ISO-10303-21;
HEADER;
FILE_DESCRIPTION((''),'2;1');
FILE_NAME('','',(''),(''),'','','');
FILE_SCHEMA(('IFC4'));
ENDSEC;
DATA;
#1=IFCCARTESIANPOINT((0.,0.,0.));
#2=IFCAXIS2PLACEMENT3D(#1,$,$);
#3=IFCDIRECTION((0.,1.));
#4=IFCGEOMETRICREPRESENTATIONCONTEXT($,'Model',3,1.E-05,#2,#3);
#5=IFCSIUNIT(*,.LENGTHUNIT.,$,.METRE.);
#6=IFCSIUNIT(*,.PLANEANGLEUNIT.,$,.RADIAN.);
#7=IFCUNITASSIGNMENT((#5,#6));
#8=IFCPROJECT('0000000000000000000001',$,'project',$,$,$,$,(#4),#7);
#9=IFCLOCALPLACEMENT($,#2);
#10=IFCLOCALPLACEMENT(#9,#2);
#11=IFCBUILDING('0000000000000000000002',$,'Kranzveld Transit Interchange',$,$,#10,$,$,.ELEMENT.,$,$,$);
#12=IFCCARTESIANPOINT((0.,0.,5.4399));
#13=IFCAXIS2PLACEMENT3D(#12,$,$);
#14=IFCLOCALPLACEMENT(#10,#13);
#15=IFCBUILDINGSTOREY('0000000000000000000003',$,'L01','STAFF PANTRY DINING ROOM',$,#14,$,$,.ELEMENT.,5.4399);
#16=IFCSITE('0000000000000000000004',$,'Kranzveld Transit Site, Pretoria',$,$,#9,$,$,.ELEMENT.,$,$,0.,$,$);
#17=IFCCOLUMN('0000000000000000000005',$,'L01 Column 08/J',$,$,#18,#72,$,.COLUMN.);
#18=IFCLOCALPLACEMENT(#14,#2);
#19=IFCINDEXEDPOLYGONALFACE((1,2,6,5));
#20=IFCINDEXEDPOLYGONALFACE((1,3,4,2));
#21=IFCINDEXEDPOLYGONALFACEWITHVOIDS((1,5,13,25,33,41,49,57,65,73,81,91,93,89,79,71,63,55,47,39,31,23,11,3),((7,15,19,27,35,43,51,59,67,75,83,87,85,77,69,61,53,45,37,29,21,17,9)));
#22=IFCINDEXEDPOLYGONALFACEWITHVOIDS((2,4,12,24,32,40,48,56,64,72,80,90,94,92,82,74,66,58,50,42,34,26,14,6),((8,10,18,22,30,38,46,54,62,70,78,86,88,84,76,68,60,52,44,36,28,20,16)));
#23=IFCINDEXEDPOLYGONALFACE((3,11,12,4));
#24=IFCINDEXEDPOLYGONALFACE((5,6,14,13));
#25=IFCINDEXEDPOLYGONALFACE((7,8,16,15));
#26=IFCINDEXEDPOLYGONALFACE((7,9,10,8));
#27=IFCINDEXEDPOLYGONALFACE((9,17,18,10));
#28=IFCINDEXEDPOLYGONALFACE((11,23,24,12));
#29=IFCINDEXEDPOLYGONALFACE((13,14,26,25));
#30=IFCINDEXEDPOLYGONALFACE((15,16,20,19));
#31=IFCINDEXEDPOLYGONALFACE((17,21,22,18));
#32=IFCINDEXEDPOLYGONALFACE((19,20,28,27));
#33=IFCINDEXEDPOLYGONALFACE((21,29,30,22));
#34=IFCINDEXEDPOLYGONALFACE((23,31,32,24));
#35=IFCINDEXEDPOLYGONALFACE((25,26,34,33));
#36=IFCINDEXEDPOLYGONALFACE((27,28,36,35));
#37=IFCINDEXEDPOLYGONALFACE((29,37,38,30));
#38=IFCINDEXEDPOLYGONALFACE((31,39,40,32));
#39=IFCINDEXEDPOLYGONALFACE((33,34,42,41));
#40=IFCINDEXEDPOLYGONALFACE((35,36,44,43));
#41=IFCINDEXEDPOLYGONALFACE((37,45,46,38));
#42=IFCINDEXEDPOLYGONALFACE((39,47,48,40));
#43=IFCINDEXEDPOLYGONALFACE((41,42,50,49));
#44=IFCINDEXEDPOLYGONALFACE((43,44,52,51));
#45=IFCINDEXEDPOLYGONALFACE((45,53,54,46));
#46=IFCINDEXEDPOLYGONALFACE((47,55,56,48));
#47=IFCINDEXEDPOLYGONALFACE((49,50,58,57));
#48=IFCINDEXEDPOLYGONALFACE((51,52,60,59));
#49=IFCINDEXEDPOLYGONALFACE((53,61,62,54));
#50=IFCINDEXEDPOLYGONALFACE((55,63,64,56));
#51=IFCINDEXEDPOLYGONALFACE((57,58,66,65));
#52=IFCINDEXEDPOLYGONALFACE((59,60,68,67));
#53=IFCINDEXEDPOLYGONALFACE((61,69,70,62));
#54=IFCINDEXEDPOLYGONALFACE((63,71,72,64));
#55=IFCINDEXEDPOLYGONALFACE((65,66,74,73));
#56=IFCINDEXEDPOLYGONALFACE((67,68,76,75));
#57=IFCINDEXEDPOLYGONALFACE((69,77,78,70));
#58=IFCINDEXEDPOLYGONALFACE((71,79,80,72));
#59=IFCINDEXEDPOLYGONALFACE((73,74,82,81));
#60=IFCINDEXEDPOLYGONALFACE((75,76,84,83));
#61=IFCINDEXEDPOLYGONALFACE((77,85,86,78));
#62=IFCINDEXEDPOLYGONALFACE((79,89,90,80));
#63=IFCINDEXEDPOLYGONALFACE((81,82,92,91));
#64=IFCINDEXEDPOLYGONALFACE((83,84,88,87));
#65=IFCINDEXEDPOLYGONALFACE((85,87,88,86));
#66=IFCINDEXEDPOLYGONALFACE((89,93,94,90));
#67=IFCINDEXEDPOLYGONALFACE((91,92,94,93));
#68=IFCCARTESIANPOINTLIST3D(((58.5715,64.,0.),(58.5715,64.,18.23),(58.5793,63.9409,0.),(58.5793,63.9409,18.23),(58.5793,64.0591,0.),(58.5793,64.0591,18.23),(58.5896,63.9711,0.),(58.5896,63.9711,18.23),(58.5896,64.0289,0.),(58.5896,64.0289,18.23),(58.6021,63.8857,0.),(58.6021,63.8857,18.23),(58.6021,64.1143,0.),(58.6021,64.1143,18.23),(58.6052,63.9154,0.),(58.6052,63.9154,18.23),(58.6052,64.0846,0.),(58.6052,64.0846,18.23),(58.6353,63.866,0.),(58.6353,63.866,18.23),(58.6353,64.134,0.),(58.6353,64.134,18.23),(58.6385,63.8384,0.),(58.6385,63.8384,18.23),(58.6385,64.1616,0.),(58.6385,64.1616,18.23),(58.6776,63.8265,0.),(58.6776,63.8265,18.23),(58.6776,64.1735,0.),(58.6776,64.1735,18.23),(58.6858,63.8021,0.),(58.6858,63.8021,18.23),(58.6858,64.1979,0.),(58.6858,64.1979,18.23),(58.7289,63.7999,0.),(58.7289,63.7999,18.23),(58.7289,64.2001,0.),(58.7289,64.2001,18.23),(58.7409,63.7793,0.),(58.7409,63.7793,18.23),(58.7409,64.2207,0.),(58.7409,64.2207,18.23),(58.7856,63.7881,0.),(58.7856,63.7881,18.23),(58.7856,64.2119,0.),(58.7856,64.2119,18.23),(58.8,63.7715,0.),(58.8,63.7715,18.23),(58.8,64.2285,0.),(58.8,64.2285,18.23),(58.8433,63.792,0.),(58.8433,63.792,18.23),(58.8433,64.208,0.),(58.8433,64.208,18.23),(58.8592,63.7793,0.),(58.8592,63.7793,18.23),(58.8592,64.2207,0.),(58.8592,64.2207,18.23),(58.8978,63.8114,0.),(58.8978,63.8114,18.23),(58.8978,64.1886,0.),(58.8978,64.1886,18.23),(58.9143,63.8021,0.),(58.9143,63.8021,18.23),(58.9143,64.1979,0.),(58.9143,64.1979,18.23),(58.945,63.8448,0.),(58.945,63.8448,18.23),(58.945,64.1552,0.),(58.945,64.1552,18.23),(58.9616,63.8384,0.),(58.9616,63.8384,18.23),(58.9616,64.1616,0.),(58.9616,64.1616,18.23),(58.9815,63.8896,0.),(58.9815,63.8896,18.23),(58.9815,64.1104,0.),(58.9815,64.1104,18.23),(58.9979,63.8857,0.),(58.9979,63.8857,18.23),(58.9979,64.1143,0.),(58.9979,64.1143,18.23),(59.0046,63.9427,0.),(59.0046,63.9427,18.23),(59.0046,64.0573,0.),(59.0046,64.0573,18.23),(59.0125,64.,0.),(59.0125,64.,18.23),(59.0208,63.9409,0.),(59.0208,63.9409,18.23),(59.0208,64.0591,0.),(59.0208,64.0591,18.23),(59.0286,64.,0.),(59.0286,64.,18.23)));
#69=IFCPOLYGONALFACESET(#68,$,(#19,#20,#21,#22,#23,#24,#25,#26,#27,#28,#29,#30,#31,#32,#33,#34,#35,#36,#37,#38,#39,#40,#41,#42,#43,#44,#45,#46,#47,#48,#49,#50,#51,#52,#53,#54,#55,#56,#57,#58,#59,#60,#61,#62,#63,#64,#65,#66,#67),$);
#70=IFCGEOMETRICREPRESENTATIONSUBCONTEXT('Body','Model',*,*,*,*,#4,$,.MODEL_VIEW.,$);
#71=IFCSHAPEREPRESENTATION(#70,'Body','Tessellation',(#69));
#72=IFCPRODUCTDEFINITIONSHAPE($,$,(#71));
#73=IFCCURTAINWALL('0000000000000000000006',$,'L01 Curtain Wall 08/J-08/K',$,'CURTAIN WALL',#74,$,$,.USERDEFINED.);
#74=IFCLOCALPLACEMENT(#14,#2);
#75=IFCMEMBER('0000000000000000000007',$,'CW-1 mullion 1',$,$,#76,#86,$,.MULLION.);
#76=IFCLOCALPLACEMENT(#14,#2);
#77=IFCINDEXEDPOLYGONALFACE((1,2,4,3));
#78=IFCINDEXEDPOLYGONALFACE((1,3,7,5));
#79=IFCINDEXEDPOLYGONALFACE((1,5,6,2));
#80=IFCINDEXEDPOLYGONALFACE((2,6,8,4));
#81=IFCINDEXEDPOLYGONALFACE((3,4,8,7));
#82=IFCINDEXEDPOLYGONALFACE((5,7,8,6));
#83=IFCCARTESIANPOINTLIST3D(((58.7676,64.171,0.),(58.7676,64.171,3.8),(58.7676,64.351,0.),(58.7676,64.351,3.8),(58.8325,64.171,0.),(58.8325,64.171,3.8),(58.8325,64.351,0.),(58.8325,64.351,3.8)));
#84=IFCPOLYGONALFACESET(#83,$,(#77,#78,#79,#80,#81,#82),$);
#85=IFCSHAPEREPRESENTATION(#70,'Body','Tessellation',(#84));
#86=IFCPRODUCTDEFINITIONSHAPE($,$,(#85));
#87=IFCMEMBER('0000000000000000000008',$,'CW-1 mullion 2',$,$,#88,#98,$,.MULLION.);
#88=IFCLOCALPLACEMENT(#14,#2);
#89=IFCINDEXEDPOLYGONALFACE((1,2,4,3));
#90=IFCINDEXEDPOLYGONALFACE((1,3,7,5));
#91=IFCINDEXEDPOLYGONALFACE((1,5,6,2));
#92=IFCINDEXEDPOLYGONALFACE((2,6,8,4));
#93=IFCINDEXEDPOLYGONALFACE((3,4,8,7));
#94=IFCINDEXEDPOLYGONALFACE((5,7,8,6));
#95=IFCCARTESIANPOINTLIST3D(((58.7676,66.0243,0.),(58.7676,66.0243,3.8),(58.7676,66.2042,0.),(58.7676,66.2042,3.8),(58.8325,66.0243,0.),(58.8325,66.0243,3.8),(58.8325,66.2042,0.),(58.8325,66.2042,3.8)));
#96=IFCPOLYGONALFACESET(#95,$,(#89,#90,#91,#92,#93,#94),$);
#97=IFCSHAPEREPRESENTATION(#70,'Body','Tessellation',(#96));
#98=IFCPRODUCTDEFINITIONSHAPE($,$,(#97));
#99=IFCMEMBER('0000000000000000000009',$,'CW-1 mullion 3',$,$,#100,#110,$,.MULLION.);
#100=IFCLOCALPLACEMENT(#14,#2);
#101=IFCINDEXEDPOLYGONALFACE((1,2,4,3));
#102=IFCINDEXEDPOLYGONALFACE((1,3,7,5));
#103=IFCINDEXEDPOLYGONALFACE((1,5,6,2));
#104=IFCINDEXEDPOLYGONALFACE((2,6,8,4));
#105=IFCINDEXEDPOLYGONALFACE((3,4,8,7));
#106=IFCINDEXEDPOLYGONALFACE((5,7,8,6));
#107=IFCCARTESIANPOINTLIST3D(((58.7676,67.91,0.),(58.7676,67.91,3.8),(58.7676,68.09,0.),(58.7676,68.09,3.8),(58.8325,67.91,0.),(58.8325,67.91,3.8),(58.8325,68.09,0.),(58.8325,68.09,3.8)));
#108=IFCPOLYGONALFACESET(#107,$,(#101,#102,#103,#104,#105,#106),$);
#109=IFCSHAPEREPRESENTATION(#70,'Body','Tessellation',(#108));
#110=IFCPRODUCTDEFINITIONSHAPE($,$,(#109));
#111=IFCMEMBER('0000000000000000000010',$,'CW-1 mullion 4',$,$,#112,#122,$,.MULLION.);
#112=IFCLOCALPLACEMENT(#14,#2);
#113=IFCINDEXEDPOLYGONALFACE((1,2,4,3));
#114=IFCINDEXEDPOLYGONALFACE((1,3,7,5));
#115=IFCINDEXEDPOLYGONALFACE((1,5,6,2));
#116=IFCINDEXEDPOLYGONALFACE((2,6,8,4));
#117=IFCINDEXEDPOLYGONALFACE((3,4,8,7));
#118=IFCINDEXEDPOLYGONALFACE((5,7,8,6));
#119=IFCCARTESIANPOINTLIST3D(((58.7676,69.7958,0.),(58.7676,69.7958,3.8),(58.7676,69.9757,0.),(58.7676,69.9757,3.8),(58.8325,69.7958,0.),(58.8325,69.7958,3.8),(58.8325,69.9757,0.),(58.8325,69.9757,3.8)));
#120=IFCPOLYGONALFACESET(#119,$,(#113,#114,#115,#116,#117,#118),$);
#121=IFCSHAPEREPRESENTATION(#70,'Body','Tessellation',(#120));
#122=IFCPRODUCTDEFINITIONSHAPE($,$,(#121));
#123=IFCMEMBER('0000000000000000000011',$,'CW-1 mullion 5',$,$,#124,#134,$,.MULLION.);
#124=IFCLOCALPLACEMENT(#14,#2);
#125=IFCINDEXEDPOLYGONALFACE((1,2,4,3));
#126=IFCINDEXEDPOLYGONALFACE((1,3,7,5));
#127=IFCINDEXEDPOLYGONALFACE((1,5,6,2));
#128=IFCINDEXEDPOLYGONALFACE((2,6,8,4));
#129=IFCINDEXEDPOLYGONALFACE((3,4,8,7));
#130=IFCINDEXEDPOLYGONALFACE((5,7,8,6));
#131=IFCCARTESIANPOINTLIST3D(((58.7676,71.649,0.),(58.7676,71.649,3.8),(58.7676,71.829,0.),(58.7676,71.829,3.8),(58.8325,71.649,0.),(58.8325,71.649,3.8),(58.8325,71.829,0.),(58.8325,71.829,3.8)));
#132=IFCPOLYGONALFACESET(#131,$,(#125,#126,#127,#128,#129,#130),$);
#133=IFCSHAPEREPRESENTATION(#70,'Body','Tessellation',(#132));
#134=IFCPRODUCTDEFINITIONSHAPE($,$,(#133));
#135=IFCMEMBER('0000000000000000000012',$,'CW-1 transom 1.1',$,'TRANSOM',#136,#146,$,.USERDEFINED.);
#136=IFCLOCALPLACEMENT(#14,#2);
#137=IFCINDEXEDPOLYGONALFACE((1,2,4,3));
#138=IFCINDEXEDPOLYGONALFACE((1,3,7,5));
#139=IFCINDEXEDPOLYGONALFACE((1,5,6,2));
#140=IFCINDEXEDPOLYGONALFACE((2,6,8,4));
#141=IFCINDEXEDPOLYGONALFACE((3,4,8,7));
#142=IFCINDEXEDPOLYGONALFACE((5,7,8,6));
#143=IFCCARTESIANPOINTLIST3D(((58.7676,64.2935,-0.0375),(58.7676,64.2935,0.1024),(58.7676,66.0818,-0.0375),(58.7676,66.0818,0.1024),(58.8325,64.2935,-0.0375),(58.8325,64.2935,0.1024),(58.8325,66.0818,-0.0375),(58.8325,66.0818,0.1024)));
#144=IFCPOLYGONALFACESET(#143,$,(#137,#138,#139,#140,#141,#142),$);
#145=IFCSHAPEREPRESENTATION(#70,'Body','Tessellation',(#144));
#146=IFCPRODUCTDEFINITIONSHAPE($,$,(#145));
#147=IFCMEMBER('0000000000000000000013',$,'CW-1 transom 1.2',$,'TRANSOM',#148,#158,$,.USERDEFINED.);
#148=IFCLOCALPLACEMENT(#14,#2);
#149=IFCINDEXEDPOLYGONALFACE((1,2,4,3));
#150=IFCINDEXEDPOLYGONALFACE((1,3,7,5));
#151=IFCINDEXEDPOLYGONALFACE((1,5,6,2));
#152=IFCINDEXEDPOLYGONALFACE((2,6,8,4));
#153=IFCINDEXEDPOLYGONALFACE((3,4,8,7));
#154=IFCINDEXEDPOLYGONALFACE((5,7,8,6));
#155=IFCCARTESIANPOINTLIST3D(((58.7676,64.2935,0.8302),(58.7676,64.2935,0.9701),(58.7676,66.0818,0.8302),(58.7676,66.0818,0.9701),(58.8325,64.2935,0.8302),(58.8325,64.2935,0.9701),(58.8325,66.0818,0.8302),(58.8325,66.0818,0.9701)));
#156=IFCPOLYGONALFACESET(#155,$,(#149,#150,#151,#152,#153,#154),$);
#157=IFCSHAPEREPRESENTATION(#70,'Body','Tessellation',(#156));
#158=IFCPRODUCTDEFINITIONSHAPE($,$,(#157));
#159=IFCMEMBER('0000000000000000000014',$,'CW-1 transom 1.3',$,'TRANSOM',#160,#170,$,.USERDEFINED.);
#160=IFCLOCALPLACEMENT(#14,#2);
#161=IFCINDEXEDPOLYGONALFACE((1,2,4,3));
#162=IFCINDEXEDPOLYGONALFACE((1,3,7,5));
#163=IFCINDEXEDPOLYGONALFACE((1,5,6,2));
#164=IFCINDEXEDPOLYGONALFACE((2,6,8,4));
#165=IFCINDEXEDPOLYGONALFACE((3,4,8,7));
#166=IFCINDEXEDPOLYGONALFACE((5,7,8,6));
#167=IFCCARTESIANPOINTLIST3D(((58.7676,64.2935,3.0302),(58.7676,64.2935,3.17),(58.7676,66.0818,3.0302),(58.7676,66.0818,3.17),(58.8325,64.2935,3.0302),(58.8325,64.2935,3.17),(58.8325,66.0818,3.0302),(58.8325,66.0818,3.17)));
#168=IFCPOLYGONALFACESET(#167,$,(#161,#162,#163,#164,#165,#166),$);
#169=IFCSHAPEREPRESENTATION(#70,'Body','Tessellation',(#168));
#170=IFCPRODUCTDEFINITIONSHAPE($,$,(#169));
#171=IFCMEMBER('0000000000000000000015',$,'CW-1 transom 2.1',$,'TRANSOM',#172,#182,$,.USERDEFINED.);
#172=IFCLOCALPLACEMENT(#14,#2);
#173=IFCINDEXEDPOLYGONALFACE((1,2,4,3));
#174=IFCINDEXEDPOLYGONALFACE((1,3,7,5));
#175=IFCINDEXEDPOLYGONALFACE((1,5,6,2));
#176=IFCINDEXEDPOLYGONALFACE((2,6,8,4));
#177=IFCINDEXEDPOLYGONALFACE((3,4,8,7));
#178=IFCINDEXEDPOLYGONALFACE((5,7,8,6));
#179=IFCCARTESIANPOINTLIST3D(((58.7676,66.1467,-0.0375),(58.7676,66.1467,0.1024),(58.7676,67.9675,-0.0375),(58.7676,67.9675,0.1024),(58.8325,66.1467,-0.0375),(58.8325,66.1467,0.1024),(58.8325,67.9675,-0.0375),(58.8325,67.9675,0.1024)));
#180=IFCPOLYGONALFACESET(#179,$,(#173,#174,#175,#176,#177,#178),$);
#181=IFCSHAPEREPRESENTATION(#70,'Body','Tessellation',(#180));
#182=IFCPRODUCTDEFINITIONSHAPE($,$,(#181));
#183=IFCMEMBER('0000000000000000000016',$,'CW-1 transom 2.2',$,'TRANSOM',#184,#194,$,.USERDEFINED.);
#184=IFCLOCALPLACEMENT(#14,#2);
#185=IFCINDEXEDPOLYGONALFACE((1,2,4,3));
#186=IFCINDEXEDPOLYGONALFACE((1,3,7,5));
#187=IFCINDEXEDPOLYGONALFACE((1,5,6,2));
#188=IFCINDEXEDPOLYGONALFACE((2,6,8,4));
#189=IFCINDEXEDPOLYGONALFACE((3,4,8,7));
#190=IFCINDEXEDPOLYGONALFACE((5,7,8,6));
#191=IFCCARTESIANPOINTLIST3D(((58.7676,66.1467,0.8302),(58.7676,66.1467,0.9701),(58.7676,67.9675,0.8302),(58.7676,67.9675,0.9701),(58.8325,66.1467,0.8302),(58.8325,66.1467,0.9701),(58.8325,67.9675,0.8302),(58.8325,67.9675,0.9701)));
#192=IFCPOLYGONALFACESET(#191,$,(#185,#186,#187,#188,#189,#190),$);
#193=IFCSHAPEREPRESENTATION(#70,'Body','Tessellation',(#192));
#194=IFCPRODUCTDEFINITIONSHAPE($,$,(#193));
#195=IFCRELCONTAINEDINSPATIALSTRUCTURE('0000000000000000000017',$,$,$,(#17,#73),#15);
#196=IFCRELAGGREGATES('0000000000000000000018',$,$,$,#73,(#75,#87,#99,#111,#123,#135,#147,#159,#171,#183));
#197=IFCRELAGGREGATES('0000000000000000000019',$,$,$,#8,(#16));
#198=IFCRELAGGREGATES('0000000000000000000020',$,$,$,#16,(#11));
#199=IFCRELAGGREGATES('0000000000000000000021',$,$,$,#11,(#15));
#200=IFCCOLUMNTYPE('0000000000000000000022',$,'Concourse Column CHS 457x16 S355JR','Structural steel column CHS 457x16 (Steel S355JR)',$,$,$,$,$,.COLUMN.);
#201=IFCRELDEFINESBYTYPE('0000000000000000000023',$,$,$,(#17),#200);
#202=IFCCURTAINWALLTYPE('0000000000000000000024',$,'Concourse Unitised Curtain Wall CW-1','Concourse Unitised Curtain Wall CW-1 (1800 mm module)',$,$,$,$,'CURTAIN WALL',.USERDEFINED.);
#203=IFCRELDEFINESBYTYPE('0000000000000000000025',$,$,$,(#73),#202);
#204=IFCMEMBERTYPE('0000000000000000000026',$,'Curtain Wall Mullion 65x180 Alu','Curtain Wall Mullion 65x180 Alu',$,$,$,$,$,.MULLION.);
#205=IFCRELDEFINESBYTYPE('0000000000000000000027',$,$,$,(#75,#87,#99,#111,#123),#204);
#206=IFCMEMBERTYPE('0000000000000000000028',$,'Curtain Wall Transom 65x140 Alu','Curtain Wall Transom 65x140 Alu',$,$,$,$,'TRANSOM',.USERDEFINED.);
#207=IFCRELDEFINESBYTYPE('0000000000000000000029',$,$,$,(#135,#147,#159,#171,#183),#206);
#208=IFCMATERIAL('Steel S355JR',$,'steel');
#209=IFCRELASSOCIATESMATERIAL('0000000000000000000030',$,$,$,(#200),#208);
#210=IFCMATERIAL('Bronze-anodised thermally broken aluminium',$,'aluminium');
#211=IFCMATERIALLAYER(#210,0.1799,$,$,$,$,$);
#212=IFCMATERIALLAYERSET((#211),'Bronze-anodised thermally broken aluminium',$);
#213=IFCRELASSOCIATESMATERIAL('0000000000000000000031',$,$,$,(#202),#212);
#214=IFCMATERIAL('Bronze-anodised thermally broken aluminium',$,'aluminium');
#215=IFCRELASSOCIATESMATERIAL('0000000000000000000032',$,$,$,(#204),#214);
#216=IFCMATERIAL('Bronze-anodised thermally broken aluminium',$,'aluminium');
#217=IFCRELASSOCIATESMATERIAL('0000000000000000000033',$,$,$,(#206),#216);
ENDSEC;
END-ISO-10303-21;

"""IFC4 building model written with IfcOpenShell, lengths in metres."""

from ifc_helpers import new_model, si_unit, direction, frame, origin, origin_2d, place, context, subcontext, project, spatial, rectangle, hollow_circle, extrude, material, layer, layer_set, material_profile, profile_set, type_object, element, aggregate, save


model = new_model("IFC4")

# Units and contexts
model_context = context("Model", 3, precision=1e-05, world=origin(), true_north=direction((0.0, 1.0)))
body_context = subcontext(model_context, "Body", "Model", "MODEL_VIEW")
ifc_project = project(units=[si_unit("LENGTHUNIT", "METRE"), si_unit("PLANEANGLEUNIT", "RADIAN")], contexts=[model_context])

# Site, building, storey
site_placement = place(None, origin())
site = spatial("IfcSite", under=ifc_project, at=site_placement, Name="Kranzveld Transit Site, Pretoria", CompositionType="ELEMENT", RefElevation=0.0)
building_placement = place(site_placement, origin())
building = spatial("IfcBuilding", under=site, at=building_placement, Name="Kranzveld Transit Interchange", CompositionType="ELEMENT")
storey_placement = place(building_placement, frame((0.0, 0.0, 5.4399)))
storey = spatial("IfcBuildingStorey", under=building, at=storey_placement, Name="L01", Description="STAFF PANTRY DINING ROOM", CompositionType="ELEMENT", Elevation=5.4399)

# Column
ifc_material_1 = material(Name="Steel S355JR", Category="steel")
ifc_material_profile_1 = material_profile(ifc_material_1, hollow_circle(Radius=0.2285, WallThickness=0.0161, at=origin_2d()), Name="CHS 457x16")
ifc_profile_set_1 = profile_set([ifc_material_profile_1], Name="Steel S355JR")
column_type = type_object("IfcColumnType", Name="Concourse Column CHS 457x16 S355JR", Description="Structural steel column CHS 457x16 (Steel S355JR)", PredefinedType="COLUMN", material=ifc_profile_set_1)
column_placement = place(storey_placement, frame((58.8, 64.0, 0.0), z_axis=(0.0, 0.0, 1.0), x_axis=(1.0, 0.0, 0.0)))
element("IfcColumn", 1, at=column_placement, inside=storey, type_object=column_type, Name="L01 Column 08/J", PredefinedType="COLUMN", context=body_context, shape_type="SweptSolid", body=[
    extrude(hollow_circle(Radius=0.2285, WallThickness=0.0161, at=origin_2d()), origin(), (0.0, 0.0, 1.0), 18.23),
])

# Curtain wall, members
ifc_material_2 = material(Name="Bronze-anodised thermally broken aluminium", Category="aluminium")
ifc_layer_1 = layer(ifc_material_2, 0.1799)
ifc_layer_set_1 = layer_set([ifc_layer_1], Name="Bronze-anodised thermally broken aluminium")
curtain_wall_type = type_object("IfcCurtainWallType", Name="Concourse Unitised Curtain Wall CW-1", Description="Concourse Unitised Curtain Wall CW-1 (1800 mm module)", ElementType="CURTAIN WALL", PredefinedType="USERDEFINED", material=ifc_layer_set_1)
curtain_wall_placement = place(storey_placement, origin())
curtain_wall = element("IfcCurtainWall", 2, at=curtain_wall_placement, inside=storey, type_object=curtain_wall_type, Name="L01 Curtain Wall 08/J-08/K", ObjectType="CURTAIN WALL", PredefinedType="USERDEFINED")
ifc_material_3 = material(Name="Bronze-anodised thermally broken aluminium", Category="aluminium")
ifc_material_profile_2 = material_profile(ifc_material_3, rectangle(XDim=0.0649, YDim=0.1799, at=origin_2d()), Name="ALU MULLION 65x180")
ifc_profile_set_2 = profile_set([ifc_material_profile_2], Name="Bronze-anodised thermally broken aluminium")
member_type_1 = type_object("IfcMemberType", Name="Curtain Wall Mullion 65x180 Alu", Description="Curtain Wall Mullion 65x180 Alu", PredefinedType="MULLION", material=ifc_profile_set_2)
member_1_placement = place(storey_placement, frame((58.8, 64.261, 0.0), z_axis=(0.0, 0.0, 1.0), x_axis=(-1.0, 0.0, 0.0)))
member_1 = element("IfcMember", 3, at=member_1_placement, type_object=member_type_1, Name="CW-1 mullion 1", PredefinedType="MULLION", context=body_context, shape_type="SweptSolid", body=[
    extrude(rectangle(XDim=0.0649, YDim=0.1799, at=origin_2d()), origin(), (0.0, 0.0, 1.0), 3.8),
])
member_2_placement = place(storey_placement, frame((58.8, 66.1143, 0.0), z_axis=(0.0, 0.0, 1.0), x_axis=(-1.0, 0.0, 0.0)))
member_2 = element("IfcMember", 4, at=member_2_placement, type_object=member_type_1, Name="CW-1 mullion 2", PredefinedType="MULLION", context=body_context, shape_type="SweptSolid", body=[
    extrude(rectangle(XDim=0.0649, YDim=0.1799, at=origin_2d()), origin(), (0.0, 0.0, 1.0), 3.8),
])
member_3_placement = place(storey_placement, frame((58.8, 68.0, 0.0), z_axis=(0.0, 0.0, 1.0), x_axis=(-1.0, 0.0, 0.0)))
member_3 = element("IfcMember", 5, at=member_3_placement, type_object=member_type_1, Name="CW-1 mullion 3", PredefinedType="MULLION", context=body_context, shape_type="SweptSolid", body=[
    extrude(rectangle(XDim=0.0649, YDim=0.1799, at=origin_2d()), origin(), (0.0, 0.0, 1.0), 3.8),
])
member_4_placement = place(storey_placement, frame((58.8, 69.8857, 0.0), z_axis=(0.0, 0.0, 1.0), x_axis=(-1.0, 0.0, 0.0)))
member_4 = element("IfcMember", 6, at=member_4_placement, type_object=member_type_1, Name="CW-1 mullion 4", PredefinedType="MULLION", context=body_context, shape_type="SweptSolid", body=[
    extrude(rectangle(XDim=0.0649, YDim=0.1799, at=origin_2d()), origin(), (0.0, 0.0, 1.0), 3.8),
])
member_5_placement = place(storey_placement, frame((58.8, 71.739, 0.0), z_axis=(0.0, 0.0, 1.0), x_axis=(-1.0, 0.0, 0.0)))
member_5 = element("IfcMember", 7, at=member_5_placement, type_object=member_type_1, Name="CW-1 mullion 5", PredefinedType="MULLION", context=body_context, shape_type="SweptSolid", body=[
    extrude(rectangle(XDim=0.0649, YDim=0.1799, at=origin_2d()), origin(), (0.0, 0.0, 1.0), 3.8),
])
ifc_material_4 = material(Name="Bronze-anodised thermally broken aluminium", Category="aluminium")
ifc_material_profile_3 = material_profile(ifc_material_4, rectangle(XDim=0.0649, YDim=0.1399, at=origin_2d()), Name="ALU TRANSOM 65x140")
ifc_profile_set_3 = profile_set([ifc_material_profile_3], Name="Bronze-anodised thermally broken aluminium")
member_type_2 = type_object("IfcMemberType", Name="Curtain Wall Transom 65x140 Alu", Description="Curtain Wall Transom 65x140 Alu", ElementType="TRANSOM", PredefinedType="USERDEFINED", material=ifc_profile_set_3)
member_6_placement = place(storey_placement, frame((58.8, 64.2935, 0.0325), z_axis=(0.0, 1.0, 0.0), x_axis=(-1.0, 0.0, 0.0)))
member_6 = element("IfcMember", 8, at=member_6_placement, type_object=member_type_2, Name="CW-1 transom 1.1", ObjectType="TRANSOM", PredefinedType="USERDEFINED", context=body_context, shape_type="SweptSolid", body=[
    extrude(rectangle(XDim=0.0649, YDim=0.1399, at=origin_2d()), origin(), (0.0, 0.0, 1.0), 1.7883),
])
member_7_placement = place(storey_placement, frame((58.8, 64.2935, 0.9001), z_axis=(0.0, 1.0, 0.0), x_axis=(-1.0, 0.0, 0.0)))
member_7 = element("IfcMember", 9, at=member_7_placement, type_object=member_type_2, Name="CW-1 transom 1.2", ObjectType="TRANSOM", PredefinedType="USERDEFINED", context=body_context, shape_type="SweptSolid", body=[
    extrude(rectangle(XDim=0.0649, YDim=0.1399, at=origin_2d()), origin(), (0.0, 0.0, 1.0), 1.7883),
])
member_8_placement = place(storey_placement, frame((58.8, 64.2935, 3.1001), z_axis=(0.0, 1.0, 0.0), x_axis=(-1.0, 0.0, 0.0)))
member_8 = element("IfcMember", 10, at=member_8_placement, type_object=member_type_2, Name="CW-1 transom 1.3", ObjectType="TRANSOM", PredefinedType="USERDEFINED", context=body_context, shape_type="SweptSolid", body=[
    extrude(rectangle(XDim=0.0649, YDim=0.1399, at=origin_2d()), origin(), (0.0, 0.0, 1.0), 1.7883),
])
member_9_placement = place(storey_placement, frame((58.8, 66.1467, 0.0325), z_axis=(0.0, 1.0, 0.0), x_axis=(-1.0, 0.0, 0.0)))
member_9 = element("IfcMember", 11, at=member_9_placement, type_object=member_type_2, Name="CW-1 transom 2.1", ObjectType="TRANSOM", PredefinedType="USERDEFINED", context=body_context, shape_type="SweptSolid", body=[
    extrude(rectangle(XDim=0.0649, YDim=0.1399, at=origin_2d()), origin(), (0.0, 0.0, 1.0), 1.8208),
])
member_10_placement = place(storey_placement, frame((58.8, 66.1467, 0.9001), z_axis=(0.0, 1.0, 0.0), x_axis=(-1.0, 0.0, 0.0)))
member_10 = element("IfcMember", 12, at=member_10_placement, type_object=member_type_2, Name="CW-1 transom 2.2", ObjectType="TRANSOM", PredefinedType="USERDEFINED", context=body_context, shape_type="SweptSolid", body=[
    extrude(rectangle(XDim=0.0649, YDim=0.1399, at=origin_2d()), origin(), (0.0, 0.0, 1.0), 1.8208),
])
aggregate(curtain_wall, [member_1, member_2, member_3, member_4, member_5, member_6, member_7, member_8, member_9, member_10])

save(model, "model.ifc")
